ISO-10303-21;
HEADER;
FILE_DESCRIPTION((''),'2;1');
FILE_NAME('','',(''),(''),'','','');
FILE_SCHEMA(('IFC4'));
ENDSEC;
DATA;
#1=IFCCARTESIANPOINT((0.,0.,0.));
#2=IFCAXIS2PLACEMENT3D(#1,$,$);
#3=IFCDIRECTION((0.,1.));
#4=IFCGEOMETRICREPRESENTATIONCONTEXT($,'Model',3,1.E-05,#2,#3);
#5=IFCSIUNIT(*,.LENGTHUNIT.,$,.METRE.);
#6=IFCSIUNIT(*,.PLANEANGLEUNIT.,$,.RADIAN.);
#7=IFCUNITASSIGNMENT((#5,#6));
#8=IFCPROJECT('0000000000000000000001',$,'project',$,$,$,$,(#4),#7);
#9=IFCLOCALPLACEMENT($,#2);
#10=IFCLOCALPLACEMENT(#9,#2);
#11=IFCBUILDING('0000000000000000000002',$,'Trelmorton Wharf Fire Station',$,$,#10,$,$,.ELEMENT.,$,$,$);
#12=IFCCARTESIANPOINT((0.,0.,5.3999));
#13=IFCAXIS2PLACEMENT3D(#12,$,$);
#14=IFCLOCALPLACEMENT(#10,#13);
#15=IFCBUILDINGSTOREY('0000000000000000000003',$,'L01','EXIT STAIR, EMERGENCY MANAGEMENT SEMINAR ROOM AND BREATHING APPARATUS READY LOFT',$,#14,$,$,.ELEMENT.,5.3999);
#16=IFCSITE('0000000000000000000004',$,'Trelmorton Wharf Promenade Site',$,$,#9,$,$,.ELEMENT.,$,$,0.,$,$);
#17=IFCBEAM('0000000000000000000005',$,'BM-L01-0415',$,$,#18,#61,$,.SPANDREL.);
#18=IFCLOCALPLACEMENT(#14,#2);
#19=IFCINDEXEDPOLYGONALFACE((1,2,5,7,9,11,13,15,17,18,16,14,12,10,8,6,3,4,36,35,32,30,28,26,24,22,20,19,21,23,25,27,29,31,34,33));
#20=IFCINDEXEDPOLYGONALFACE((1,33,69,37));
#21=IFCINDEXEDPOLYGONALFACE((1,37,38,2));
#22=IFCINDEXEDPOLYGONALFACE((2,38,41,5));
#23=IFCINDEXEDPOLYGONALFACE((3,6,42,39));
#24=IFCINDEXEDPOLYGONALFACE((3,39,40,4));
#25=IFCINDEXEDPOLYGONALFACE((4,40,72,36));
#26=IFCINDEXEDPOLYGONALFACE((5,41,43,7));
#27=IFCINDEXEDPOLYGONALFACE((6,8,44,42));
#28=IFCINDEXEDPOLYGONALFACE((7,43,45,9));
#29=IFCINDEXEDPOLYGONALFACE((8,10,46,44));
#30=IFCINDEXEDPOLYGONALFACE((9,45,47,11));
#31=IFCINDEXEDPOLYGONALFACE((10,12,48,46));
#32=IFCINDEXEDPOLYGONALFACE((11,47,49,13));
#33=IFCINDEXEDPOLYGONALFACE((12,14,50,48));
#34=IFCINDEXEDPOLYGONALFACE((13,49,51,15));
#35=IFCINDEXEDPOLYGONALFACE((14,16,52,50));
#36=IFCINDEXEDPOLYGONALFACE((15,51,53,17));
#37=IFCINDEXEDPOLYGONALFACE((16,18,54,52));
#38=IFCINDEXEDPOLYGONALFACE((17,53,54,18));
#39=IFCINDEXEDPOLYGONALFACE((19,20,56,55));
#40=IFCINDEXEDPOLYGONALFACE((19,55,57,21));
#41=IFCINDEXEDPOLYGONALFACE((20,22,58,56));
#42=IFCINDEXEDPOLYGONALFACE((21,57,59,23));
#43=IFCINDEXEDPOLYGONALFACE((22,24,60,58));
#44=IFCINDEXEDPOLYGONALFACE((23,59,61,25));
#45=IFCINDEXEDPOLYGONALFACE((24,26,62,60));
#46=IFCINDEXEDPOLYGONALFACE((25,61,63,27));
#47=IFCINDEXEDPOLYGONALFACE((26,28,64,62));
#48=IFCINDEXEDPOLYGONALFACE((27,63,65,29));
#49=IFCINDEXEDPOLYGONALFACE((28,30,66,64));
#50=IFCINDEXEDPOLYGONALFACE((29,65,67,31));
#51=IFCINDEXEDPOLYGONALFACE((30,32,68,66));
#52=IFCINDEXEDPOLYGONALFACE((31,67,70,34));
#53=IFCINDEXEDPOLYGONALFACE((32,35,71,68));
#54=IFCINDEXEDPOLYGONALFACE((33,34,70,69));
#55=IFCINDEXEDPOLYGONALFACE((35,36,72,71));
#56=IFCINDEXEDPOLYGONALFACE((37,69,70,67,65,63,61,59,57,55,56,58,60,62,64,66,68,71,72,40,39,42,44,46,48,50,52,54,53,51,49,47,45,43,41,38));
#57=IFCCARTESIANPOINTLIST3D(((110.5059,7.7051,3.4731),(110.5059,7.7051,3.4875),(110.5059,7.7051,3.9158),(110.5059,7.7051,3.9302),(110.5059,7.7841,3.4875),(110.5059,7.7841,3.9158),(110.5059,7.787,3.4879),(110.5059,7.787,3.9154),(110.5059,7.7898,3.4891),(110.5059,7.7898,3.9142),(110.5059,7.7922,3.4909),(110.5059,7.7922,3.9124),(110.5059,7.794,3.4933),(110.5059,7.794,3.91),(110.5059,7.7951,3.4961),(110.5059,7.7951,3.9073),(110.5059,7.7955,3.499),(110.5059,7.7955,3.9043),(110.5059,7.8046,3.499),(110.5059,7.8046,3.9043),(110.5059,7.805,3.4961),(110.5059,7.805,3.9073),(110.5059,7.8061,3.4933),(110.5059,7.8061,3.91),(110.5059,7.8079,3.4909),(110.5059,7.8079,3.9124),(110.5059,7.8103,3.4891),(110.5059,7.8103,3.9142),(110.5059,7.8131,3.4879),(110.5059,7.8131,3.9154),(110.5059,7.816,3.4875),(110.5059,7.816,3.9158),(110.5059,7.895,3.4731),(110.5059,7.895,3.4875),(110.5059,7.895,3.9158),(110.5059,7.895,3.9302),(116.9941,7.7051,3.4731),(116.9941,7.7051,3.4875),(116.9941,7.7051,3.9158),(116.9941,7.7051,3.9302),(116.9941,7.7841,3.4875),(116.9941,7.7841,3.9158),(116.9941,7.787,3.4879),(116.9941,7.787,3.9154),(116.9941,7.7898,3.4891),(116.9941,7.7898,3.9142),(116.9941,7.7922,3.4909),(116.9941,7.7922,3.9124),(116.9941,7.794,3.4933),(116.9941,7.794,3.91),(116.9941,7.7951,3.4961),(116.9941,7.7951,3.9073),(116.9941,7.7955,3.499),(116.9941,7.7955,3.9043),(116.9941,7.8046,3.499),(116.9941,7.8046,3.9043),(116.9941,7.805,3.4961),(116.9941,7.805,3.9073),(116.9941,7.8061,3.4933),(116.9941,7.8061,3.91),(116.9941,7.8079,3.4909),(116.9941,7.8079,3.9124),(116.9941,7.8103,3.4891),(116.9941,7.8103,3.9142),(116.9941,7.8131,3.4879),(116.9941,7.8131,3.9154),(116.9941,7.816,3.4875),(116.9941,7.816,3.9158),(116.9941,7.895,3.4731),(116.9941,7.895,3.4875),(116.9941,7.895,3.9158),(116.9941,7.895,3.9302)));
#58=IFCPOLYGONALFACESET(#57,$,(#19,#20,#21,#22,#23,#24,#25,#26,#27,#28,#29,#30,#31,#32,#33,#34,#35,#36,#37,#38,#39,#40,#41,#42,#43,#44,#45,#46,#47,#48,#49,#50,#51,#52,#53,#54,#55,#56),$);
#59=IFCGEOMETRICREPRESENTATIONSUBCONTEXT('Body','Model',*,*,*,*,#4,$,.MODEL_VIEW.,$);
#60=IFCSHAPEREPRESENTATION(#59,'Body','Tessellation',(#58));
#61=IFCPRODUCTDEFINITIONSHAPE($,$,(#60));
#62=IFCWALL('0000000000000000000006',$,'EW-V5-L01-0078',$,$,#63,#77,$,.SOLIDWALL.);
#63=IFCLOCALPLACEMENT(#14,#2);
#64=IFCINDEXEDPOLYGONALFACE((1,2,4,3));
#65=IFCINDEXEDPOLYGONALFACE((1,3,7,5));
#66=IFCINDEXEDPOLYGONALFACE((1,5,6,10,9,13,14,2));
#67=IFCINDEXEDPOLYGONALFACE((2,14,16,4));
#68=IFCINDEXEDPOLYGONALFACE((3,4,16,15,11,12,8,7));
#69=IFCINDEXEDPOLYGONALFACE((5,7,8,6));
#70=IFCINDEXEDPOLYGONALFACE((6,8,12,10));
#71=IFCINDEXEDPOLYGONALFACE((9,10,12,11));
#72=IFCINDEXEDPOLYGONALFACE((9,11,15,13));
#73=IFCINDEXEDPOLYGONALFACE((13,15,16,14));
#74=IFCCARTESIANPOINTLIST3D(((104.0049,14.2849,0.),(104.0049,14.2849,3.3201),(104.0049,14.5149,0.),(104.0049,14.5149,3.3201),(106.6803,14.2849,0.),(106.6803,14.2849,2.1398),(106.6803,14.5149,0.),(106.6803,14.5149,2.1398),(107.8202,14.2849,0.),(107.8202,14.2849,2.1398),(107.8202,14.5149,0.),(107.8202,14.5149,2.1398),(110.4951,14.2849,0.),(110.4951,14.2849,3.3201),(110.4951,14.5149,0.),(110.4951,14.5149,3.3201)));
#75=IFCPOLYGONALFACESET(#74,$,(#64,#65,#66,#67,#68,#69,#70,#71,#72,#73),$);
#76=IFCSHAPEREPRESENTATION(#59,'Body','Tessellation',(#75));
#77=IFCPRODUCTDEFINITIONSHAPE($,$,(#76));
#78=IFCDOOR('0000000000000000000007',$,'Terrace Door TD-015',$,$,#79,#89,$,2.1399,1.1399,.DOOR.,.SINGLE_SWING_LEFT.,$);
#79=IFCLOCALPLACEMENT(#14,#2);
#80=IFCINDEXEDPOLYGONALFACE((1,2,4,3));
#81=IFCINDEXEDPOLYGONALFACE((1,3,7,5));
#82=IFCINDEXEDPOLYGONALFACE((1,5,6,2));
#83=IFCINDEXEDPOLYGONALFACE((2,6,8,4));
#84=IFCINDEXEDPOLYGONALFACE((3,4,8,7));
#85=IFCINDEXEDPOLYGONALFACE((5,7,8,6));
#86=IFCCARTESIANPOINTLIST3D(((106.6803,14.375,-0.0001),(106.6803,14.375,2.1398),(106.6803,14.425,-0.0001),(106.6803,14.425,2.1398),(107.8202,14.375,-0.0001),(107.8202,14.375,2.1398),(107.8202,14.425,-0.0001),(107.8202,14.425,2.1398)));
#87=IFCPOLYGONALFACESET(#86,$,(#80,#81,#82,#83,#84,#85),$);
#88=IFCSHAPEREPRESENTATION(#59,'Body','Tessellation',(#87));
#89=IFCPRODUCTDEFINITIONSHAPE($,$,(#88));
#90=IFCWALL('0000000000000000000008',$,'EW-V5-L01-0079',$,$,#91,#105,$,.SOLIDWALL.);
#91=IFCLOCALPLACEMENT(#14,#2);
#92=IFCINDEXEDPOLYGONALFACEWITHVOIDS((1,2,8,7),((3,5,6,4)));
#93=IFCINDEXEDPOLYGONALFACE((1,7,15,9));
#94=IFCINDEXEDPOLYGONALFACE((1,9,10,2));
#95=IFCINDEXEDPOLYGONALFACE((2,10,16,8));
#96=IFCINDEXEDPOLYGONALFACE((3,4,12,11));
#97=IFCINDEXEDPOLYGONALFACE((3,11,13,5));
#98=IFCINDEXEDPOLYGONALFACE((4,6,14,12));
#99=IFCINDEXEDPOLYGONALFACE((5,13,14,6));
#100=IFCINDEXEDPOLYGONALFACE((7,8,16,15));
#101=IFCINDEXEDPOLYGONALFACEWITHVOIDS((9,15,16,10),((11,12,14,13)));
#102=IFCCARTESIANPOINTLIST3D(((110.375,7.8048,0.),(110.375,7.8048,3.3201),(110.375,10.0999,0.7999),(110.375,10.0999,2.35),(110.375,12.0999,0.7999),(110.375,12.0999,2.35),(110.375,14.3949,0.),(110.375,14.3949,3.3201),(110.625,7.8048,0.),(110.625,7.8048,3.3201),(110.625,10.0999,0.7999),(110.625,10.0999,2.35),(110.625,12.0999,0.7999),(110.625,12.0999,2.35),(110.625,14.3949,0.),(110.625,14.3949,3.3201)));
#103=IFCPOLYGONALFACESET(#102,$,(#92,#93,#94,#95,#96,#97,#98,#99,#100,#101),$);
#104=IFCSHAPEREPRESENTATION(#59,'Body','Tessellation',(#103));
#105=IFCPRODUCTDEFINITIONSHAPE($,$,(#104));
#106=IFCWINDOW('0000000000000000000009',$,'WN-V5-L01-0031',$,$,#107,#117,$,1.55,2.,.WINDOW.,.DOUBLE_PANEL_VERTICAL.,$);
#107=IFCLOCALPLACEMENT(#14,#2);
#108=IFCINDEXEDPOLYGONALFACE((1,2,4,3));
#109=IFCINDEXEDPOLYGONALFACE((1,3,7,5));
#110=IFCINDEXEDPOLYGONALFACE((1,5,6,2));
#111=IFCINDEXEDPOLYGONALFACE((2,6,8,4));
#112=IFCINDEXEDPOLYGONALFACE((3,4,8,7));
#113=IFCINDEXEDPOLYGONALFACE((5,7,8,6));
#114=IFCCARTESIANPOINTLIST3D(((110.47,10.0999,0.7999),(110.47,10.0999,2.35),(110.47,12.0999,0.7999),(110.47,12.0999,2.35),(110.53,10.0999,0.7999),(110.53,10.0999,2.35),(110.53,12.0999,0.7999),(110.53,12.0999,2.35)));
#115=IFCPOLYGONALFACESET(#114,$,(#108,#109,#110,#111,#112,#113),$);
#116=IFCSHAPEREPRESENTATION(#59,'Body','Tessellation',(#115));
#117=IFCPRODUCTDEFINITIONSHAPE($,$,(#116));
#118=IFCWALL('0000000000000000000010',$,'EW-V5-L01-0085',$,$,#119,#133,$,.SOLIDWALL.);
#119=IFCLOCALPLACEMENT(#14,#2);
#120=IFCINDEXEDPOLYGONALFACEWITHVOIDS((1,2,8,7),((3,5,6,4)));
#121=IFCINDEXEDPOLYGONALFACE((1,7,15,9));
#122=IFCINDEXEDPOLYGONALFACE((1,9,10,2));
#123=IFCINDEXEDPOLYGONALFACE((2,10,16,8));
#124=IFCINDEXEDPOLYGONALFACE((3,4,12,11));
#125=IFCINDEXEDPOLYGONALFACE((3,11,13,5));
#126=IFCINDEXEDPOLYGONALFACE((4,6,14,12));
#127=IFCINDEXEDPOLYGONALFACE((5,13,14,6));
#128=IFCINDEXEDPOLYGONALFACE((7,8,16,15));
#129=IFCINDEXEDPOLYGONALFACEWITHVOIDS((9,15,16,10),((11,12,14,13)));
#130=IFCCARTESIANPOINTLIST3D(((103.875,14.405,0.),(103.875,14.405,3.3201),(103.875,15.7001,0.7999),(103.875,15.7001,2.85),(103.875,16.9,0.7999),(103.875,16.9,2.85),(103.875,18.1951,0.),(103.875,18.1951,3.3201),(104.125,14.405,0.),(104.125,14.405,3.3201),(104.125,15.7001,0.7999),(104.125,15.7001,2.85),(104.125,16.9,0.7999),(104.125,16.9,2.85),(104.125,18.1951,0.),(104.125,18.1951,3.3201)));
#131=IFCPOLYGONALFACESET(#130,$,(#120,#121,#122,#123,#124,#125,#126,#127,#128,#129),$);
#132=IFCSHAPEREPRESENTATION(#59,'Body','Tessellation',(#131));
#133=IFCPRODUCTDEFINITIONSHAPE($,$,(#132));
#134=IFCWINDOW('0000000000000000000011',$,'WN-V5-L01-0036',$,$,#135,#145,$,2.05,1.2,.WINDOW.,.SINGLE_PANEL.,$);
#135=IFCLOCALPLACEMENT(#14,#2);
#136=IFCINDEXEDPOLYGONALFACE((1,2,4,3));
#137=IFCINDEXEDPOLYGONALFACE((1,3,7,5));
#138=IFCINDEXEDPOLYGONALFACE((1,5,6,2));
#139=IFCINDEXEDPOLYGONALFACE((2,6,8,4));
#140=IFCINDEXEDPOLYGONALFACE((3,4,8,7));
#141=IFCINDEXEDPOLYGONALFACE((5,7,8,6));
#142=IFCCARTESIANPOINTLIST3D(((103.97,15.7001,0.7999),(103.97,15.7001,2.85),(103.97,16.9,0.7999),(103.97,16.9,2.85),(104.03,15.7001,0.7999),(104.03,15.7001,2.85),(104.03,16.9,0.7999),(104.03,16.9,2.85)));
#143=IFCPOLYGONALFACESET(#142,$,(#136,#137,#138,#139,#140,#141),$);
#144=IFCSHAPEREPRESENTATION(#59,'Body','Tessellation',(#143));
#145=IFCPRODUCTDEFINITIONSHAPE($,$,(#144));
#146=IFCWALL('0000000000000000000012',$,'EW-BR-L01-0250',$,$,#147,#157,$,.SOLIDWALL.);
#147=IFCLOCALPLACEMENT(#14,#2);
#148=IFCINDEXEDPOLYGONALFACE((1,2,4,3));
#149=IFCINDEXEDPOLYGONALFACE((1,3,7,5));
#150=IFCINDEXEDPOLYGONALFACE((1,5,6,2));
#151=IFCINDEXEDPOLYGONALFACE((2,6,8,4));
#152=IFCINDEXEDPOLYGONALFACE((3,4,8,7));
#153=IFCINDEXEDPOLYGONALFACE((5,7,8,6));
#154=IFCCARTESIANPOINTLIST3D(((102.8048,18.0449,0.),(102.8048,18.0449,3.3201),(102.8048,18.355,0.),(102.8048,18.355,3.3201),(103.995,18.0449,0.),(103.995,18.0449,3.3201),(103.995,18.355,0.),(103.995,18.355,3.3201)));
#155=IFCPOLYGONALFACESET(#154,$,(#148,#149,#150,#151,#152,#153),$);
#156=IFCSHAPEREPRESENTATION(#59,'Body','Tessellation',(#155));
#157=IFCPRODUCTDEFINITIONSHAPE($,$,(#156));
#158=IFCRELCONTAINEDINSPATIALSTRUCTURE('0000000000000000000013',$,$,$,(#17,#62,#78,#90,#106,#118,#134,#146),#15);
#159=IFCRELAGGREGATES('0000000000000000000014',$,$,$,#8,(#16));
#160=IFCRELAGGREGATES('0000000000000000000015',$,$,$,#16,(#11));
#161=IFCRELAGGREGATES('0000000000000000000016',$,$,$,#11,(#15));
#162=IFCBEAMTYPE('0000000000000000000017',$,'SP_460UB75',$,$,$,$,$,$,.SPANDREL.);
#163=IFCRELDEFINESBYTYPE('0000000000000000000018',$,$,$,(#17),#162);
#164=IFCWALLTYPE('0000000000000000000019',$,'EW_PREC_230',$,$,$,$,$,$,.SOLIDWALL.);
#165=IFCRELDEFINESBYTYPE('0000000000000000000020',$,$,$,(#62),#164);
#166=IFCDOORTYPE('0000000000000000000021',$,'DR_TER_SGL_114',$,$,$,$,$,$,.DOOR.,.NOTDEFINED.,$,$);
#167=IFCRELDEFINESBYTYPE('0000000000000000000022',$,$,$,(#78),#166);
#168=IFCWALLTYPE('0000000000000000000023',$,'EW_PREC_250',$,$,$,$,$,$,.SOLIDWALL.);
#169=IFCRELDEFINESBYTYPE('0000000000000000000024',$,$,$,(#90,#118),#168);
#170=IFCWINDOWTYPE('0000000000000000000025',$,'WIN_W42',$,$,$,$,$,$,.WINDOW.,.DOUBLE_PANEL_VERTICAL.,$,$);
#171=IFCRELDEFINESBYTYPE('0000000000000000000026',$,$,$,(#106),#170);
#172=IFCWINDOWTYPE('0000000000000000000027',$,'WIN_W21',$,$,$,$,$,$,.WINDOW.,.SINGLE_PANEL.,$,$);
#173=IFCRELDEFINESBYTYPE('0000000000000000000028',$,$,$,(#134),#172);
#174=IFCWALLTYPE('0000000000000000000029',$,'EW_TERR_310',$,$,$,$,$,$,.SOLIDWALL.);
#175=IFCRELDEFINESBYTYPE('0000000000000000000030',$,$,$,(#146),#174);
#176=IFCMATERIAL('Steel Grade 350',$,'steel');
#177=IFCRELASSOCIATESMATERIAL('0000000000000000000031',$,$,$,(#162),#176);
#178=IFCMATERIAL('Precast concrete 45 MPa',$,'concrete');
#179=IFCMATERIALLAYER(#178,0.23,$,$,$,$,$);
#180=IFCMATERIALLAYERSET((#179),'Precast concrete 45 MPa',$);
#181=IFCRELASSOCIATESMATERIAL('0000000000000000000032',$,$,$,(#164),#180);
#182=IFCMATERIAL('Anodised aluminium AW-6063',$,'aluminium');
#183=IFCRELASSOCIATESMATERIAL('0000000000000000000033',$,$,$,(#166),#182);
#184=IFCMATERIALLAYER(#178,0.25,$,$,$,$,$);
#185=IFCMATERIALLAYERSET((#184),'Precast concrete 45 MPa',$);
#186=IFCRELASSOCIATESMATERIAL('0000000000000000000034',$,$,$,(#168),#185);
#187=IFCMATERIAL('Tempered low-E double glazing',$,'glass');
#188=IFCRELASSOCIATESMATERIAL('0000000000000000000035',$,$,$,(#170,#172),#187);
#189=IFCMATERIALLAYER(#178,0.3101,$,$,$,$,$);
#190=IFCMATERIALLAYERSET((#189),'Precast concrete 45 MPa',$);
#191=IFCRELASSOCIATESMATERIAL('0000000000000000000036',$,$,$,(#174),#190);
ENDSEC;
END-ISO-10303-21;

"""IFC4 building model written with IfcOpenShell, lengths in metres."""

from ifc_helpers import new_model, si_unit, direction, frame, frame_2d, origin, origin_2d, place, context, subcontext, project, spatial, rectangle, i_section, extrude, material, layer, layer_set, material_profile, profile_set, type_object, element, fill, save


model = new_model("IFC4")

# Units and contexts
model_context = context("Model", 3, precision=1e-05, world=origin(), true_north=direction((0.0, 1.0)))
body_context = subcontext(model_context, "Body", "Model", "MODEL_VIEW")
ifc_project = project(units=[si_unit("LENGTHUNIT", "METRE"), si_unit("PLANEANGLEUNIT", "RADIAN")], contexts=[model_context])

# Site, building, storey
site_placement = place(None, origin())
site = spatial("IfcSite", under=ifc_project, at=site_placement, Name="Trelmorton Wharf Promenade Site", CompositionType="ELEMENT", RefElevation=0.0)
building_placement = place(site_placement, origin())
building = spatial("IfcBuilding", under=site, at=building_placement, Name="Trelmorton Wharf Fire Station", CompositionType="ELEMENT")
storey_placement = place(building_placement, frame((0.0, 0.0, 5.3999)))
storey = spatial("IfcBuildingStorey", under=building, at=storey_placement, Name="L01", Description="EXIT STAIR, EMERGENCY MANAGEMENT SEMINAR ROOM AND BREATHING APPARATUS READY LOFT", CompositionType="ELEMENT", Elevation=5.3999)

# Shared definitions
ifc_material_1 = material(Name="Steel Grade 350", Category="steel")

# Shared definitions
ifc_material_2 = material(Name="Anodised aluminium AW-6063", Category="aluminium")

# Beam
ifc_material_profile_1 = material_profile(ifc_material_1, i_section(OverallWidth=0.1899, OverallDepth=0.457, WebThickness=0.009, FlangeThickness=0.0144, FilletRadius=0.0115, at=origin_2d()), Name="460UB74.6")
ifc_profile_set_1 = profile_set([ifc_material_profile_1], Name="Steel Grade 350")
beam_type_1 = type_object("IfcBeamType", Name="SP_460UB75", PredefinedType="SPANDREL", material=ifc_profile_set_1)
for number, where, z_axis, x_axis, name in (
    (1, (110.5059, 7.8, 3.7017), (1.0, 0.0, 0.0), (0.0, 1.0, 0.0), "BM-L01-0415"),
):
    element("IfcBeam", number, at=place(storey_placement, frame(where, z_axis=z_axis, x_axis=x_axis)), inside=storey, type_object=beam_type_1, Name=name, PredefinedType="SPANDREL", context=body_context, shape_type="SweptSolid", body=[
        extrude(i_section(OverallWidth=0.1899, OverallDepth=0.457, WebThickness=0.009, FlangeThickness=0.0144, FilletRadius=0.0115, at=origin_2d()), origin(), (0.0, 0.0, 1.0), 6.4883),
    ])

# Wall, opening, door
ifc_material_3 = material(Name="Precast concrete 45 MPa", Category="concrete")
ifc_layer_1 = layer(ifc_material_3, 0.23)
ifc_layer_set_1 = layer_set([ifc_layer_1], Name="Precast concrete 45 MPa")
wall_type_1 = type_object("IfcWallType", Name="EW_PREC_230", PredefinedType="SOLIDWALL", material=ifc_layer_set_1)
wall_1_placement = place(storey_placement, frame((110.4951, 14.3999, 0.0), z_axis=(0.0, 0.0, 1.0), x_axis=(-1.0, 0.0, 0.0)))
wall_1 = element("IfcWall", 2, at=wall_1_placement, inside=storey, type_object=wall_type_1, Name="EW-V5-L01-0078", PredefinedType="SOLIDWALL", context=body_context, shape_type="SweptSolid", body=[
    extrude(rectangle(XDim=6.4902, YDim=0.23, at=frame_2d((3.2451, 0.0))), origin(), (0.0, 0.0, 1.0), 3.3201),
])
opening_1_placement = place(wall_1_placement, frame((2.675, 0.0, 0.0)))
opening_1 = element("IfcOpeningElement", 3, at=opening_1_placement, cuts=wall_1, PredefinedType="OPENING", context=body_context, shape_type="SweptSolid", body=[
    extrude(rectangle(XDim=1.1399, YDim=2.1399, at=frame_2d((0.5698, 1.0698))), frame((0.0, 0.125, 0.0), z_axis=(0.0, -1.0, 0.0), x_axis=(1.0, 0.0, 0.0)), (0.0, 0.0, 1.0), 0.25),
])
door_type_1 = type_object("IfcDoorType", Name="DR_TER_SGL_114", OperationType="NOTDEFINED", PredefinedType="DOOR", material=ifc_material_2)
door_1_placement = place(opening_1_placement, origin())
door_1 = element("IfcDoor", 4, at=door_1_placement, inside=storey, type_object=door_type_1, Name="Terrace Door TD-015", OperationType="SINGLE_SWING_LEFT", OverallHeight=2.1399, OverallWidth=1.1399, PredefinedType="DOOR", context=body_context, shape_type="SweptSolid", body=[
    extrude(rectangle(XDim=1.1399, YDim=2.1399, at=frame_2d((0.5698, 1.0698))), frame((0.0, 0.0249, 0.0), z_axis=(0.0, -1.0, 0.0), x_axis=(1.0, 0.0, 0.0)), (0.0, 0.0, 1.0), 0.05),
])
fill(opening_1, door_1)

# Walls, openings, windows
ifc_layer_2 = layer(ifc_material_3, 0.25)
ifc_layer_set_2 = layer_set([ifc_layer_2], Name="Precast concrete 45 MPa")
wall_type_2 = type_object("IfcWallType", Name="EW_PREC_250", PredefinedType="SOLIDWALL", material=ifc_layer_set_2)
wall_2_placement = place(storey_placement, frame((110.5, 7.8049, 0.0), z_axis=(0.0, 0.0, 1.0), x_axis=(0.0, 1.0, 0.0)))
wall_2 = element("IfcWall", 5, at=wall_2_placement, inside=storey, type_object=wall_type_2, Name="EW-V5-L01-0079", PredefinedType="SOLIDWALL", context=body_context, shape_type="SweptSolid", body=[
    extrude(rectangle(XDim=6.5901, YDim=0.25, at=frame_2d((3.2949, 0.0))), origin(), (0.0, 0.0, 1.0), 3.3201),
])
opening_2_placement = place(wall_2_placement, frame((2.2949, 0.0, 0.8)))
opening_2 = element("IfcOpeningElement", 6, at=opening_2_placement, cuts=wall_2, PredefinedType="OPENING", context=body_context, shape_type="SweptSolid", body=[
    extrude(rectangle(XDim=2.0, YDim=1.55, at=frame_2d((1.0, 0.7749))), frame((0.0, 0.135, 0.0), z_axis=(0.0, -1.0, 0.0), x_axis=(1.0, 0.0, 0.0)), (0.0, 0.0, 1.0), 0.27),
])
ifc_material_4 = material(Name="Tempered low-E double glazing", Category="glass")
window_type_1 = type_object("IfcWindowType", Name="WIN_W42", PartitioningType="DOUBLE_PANEL_VERTICAL", PredefinedType="WINDOW", material=ifc_material_4)
window_1_placement = place(opening_2_placement, origin())
window_1 = element("IfcWindow", 7, at=window_1_placement, inside=storey, type_object=window_type_1, Name="WN-V5-L01-0031", OverallHeight=1.55, OverallWidth=2.0, PartitioningType="DOUBLE_PANEL_VERTICAL", PredefinedType="WINDOW", context=body_context, shape_type="SweptSolid", body=[
    extrude(rectangle(XDim=2.0, YDim=1.55, at=frame_2d((1.0, 0.7749))), frame((0.0, 0.03, 0.0), z_axis=(0.0, -1.0, 0.0), x_axis=(1.0, 0.0, 0.0)), (0.0, 0.0, 1.0), 0.0601),
])
fill(opening_2, window_1)
wall_3_placement = place(storey_placement, frame((104.0, 14.405, 0.0), z_axis=(0.0, 0.0, 1.0), x_axis=(0.0, 1.0, 0.0)))
wall_3 = element("IfcWall", 8, at=wall_3_placement, inside=storey, type_object=wall_type_2, Name="EW-V5-L01-0085", PredefinedType="SOLIDWALL", context=body_context, shape_type="SweptSolid", body=[
    extrude(rectangle(XDim=3.79, YDim=0.25, at=frame_2d((1.895, 0.0))), origin(), (0.0, 0.0, 1.0), 3.3201),
])
opening_3_placement = place(wall_3_placement, frame((1.2949, 0.0, 0.8)))
opening_3 = element("IfcOpeningElement", 9, at=opening_3_placement, cuts=wall_3, PredefinedType="OPENING", context=body_context, shape_type="SweptSolid", body=[
    extrude(rectangle(XDim=1.2, YDim=2.05, at=frame_2d((0.6001, 1.0249))), frame((0.0, 0.135, 0.0), z_axis=(0.0, -1.0, 0.0), x_axis=(1.0, 0.0, 0.0)), (0.0, 0.0, 1.0), 0.27),
])
window_type_2 = type_object("IfcWindowType", Name="WIN_W21", PartitioningType="SINGLE_PANEL", PredefinedType="WINDOW", material=ifc_material_4)
window_2_placement = place(opening_3_placement, origin())
window_2 = element("IfcWindow", 10, at=window_2_placement, inside=storey, type_object=window_type_2, Name="WN-V5-L01-0036", OverallHeight=2.05, OverallWidth=1.2, PartitioningType="SINGLE_PANEL", PredefinedType="WINDOW", context=body_context, shape_type="SweptSolid", body=[
    extrude(rectangle(XDim=1.2, YDim=2.05, at=frame_2d((0.6001, 1.0249))), frame((0.0, 0.03, 0.0), z_axis=(0.0, -1.0, 0.0), x_axis=(1.0, 0.0, 0.0)), (0.0, 0.0, 1.0), 0.0601),
])
fill(opening_3, window_2)

# Wall
ifc_layer_3 = layer(ifc_material_3, 0.3101)
ifc_layer_set_3 = layer_set([ifc_layer_3], Name="Precast concrete 45 MPa")
wall_type_3 = type_object("IfcWallType", Name="EW_TERR_310", PredefinedType="SOLIDWALL", material=ifc_layer_set_3)
wall_4_placement = place(storey_placement, frame((103.9951, 18.2, 0.0), z_axis=(0.0, 0.0, 1.0), x_axis=(-1.0, 0.0, 0.0)))
element("IfcWall", 11, at=wall_4_placement, inside=storey, type_object=wall_type_3, Name="EW-BR-L01-0250", PredefinedType="SOLIDWALL", context=body_context, shape_type="SweptSolid", body=[
    extrude(rectangle(XDim=1.1902, YDim=0.3101, at=frame_2d((0.5952, 0.0))), origin(), (0.0, 0.0, 1.0), 3.3201),
])

save(model, "model.ifc")
